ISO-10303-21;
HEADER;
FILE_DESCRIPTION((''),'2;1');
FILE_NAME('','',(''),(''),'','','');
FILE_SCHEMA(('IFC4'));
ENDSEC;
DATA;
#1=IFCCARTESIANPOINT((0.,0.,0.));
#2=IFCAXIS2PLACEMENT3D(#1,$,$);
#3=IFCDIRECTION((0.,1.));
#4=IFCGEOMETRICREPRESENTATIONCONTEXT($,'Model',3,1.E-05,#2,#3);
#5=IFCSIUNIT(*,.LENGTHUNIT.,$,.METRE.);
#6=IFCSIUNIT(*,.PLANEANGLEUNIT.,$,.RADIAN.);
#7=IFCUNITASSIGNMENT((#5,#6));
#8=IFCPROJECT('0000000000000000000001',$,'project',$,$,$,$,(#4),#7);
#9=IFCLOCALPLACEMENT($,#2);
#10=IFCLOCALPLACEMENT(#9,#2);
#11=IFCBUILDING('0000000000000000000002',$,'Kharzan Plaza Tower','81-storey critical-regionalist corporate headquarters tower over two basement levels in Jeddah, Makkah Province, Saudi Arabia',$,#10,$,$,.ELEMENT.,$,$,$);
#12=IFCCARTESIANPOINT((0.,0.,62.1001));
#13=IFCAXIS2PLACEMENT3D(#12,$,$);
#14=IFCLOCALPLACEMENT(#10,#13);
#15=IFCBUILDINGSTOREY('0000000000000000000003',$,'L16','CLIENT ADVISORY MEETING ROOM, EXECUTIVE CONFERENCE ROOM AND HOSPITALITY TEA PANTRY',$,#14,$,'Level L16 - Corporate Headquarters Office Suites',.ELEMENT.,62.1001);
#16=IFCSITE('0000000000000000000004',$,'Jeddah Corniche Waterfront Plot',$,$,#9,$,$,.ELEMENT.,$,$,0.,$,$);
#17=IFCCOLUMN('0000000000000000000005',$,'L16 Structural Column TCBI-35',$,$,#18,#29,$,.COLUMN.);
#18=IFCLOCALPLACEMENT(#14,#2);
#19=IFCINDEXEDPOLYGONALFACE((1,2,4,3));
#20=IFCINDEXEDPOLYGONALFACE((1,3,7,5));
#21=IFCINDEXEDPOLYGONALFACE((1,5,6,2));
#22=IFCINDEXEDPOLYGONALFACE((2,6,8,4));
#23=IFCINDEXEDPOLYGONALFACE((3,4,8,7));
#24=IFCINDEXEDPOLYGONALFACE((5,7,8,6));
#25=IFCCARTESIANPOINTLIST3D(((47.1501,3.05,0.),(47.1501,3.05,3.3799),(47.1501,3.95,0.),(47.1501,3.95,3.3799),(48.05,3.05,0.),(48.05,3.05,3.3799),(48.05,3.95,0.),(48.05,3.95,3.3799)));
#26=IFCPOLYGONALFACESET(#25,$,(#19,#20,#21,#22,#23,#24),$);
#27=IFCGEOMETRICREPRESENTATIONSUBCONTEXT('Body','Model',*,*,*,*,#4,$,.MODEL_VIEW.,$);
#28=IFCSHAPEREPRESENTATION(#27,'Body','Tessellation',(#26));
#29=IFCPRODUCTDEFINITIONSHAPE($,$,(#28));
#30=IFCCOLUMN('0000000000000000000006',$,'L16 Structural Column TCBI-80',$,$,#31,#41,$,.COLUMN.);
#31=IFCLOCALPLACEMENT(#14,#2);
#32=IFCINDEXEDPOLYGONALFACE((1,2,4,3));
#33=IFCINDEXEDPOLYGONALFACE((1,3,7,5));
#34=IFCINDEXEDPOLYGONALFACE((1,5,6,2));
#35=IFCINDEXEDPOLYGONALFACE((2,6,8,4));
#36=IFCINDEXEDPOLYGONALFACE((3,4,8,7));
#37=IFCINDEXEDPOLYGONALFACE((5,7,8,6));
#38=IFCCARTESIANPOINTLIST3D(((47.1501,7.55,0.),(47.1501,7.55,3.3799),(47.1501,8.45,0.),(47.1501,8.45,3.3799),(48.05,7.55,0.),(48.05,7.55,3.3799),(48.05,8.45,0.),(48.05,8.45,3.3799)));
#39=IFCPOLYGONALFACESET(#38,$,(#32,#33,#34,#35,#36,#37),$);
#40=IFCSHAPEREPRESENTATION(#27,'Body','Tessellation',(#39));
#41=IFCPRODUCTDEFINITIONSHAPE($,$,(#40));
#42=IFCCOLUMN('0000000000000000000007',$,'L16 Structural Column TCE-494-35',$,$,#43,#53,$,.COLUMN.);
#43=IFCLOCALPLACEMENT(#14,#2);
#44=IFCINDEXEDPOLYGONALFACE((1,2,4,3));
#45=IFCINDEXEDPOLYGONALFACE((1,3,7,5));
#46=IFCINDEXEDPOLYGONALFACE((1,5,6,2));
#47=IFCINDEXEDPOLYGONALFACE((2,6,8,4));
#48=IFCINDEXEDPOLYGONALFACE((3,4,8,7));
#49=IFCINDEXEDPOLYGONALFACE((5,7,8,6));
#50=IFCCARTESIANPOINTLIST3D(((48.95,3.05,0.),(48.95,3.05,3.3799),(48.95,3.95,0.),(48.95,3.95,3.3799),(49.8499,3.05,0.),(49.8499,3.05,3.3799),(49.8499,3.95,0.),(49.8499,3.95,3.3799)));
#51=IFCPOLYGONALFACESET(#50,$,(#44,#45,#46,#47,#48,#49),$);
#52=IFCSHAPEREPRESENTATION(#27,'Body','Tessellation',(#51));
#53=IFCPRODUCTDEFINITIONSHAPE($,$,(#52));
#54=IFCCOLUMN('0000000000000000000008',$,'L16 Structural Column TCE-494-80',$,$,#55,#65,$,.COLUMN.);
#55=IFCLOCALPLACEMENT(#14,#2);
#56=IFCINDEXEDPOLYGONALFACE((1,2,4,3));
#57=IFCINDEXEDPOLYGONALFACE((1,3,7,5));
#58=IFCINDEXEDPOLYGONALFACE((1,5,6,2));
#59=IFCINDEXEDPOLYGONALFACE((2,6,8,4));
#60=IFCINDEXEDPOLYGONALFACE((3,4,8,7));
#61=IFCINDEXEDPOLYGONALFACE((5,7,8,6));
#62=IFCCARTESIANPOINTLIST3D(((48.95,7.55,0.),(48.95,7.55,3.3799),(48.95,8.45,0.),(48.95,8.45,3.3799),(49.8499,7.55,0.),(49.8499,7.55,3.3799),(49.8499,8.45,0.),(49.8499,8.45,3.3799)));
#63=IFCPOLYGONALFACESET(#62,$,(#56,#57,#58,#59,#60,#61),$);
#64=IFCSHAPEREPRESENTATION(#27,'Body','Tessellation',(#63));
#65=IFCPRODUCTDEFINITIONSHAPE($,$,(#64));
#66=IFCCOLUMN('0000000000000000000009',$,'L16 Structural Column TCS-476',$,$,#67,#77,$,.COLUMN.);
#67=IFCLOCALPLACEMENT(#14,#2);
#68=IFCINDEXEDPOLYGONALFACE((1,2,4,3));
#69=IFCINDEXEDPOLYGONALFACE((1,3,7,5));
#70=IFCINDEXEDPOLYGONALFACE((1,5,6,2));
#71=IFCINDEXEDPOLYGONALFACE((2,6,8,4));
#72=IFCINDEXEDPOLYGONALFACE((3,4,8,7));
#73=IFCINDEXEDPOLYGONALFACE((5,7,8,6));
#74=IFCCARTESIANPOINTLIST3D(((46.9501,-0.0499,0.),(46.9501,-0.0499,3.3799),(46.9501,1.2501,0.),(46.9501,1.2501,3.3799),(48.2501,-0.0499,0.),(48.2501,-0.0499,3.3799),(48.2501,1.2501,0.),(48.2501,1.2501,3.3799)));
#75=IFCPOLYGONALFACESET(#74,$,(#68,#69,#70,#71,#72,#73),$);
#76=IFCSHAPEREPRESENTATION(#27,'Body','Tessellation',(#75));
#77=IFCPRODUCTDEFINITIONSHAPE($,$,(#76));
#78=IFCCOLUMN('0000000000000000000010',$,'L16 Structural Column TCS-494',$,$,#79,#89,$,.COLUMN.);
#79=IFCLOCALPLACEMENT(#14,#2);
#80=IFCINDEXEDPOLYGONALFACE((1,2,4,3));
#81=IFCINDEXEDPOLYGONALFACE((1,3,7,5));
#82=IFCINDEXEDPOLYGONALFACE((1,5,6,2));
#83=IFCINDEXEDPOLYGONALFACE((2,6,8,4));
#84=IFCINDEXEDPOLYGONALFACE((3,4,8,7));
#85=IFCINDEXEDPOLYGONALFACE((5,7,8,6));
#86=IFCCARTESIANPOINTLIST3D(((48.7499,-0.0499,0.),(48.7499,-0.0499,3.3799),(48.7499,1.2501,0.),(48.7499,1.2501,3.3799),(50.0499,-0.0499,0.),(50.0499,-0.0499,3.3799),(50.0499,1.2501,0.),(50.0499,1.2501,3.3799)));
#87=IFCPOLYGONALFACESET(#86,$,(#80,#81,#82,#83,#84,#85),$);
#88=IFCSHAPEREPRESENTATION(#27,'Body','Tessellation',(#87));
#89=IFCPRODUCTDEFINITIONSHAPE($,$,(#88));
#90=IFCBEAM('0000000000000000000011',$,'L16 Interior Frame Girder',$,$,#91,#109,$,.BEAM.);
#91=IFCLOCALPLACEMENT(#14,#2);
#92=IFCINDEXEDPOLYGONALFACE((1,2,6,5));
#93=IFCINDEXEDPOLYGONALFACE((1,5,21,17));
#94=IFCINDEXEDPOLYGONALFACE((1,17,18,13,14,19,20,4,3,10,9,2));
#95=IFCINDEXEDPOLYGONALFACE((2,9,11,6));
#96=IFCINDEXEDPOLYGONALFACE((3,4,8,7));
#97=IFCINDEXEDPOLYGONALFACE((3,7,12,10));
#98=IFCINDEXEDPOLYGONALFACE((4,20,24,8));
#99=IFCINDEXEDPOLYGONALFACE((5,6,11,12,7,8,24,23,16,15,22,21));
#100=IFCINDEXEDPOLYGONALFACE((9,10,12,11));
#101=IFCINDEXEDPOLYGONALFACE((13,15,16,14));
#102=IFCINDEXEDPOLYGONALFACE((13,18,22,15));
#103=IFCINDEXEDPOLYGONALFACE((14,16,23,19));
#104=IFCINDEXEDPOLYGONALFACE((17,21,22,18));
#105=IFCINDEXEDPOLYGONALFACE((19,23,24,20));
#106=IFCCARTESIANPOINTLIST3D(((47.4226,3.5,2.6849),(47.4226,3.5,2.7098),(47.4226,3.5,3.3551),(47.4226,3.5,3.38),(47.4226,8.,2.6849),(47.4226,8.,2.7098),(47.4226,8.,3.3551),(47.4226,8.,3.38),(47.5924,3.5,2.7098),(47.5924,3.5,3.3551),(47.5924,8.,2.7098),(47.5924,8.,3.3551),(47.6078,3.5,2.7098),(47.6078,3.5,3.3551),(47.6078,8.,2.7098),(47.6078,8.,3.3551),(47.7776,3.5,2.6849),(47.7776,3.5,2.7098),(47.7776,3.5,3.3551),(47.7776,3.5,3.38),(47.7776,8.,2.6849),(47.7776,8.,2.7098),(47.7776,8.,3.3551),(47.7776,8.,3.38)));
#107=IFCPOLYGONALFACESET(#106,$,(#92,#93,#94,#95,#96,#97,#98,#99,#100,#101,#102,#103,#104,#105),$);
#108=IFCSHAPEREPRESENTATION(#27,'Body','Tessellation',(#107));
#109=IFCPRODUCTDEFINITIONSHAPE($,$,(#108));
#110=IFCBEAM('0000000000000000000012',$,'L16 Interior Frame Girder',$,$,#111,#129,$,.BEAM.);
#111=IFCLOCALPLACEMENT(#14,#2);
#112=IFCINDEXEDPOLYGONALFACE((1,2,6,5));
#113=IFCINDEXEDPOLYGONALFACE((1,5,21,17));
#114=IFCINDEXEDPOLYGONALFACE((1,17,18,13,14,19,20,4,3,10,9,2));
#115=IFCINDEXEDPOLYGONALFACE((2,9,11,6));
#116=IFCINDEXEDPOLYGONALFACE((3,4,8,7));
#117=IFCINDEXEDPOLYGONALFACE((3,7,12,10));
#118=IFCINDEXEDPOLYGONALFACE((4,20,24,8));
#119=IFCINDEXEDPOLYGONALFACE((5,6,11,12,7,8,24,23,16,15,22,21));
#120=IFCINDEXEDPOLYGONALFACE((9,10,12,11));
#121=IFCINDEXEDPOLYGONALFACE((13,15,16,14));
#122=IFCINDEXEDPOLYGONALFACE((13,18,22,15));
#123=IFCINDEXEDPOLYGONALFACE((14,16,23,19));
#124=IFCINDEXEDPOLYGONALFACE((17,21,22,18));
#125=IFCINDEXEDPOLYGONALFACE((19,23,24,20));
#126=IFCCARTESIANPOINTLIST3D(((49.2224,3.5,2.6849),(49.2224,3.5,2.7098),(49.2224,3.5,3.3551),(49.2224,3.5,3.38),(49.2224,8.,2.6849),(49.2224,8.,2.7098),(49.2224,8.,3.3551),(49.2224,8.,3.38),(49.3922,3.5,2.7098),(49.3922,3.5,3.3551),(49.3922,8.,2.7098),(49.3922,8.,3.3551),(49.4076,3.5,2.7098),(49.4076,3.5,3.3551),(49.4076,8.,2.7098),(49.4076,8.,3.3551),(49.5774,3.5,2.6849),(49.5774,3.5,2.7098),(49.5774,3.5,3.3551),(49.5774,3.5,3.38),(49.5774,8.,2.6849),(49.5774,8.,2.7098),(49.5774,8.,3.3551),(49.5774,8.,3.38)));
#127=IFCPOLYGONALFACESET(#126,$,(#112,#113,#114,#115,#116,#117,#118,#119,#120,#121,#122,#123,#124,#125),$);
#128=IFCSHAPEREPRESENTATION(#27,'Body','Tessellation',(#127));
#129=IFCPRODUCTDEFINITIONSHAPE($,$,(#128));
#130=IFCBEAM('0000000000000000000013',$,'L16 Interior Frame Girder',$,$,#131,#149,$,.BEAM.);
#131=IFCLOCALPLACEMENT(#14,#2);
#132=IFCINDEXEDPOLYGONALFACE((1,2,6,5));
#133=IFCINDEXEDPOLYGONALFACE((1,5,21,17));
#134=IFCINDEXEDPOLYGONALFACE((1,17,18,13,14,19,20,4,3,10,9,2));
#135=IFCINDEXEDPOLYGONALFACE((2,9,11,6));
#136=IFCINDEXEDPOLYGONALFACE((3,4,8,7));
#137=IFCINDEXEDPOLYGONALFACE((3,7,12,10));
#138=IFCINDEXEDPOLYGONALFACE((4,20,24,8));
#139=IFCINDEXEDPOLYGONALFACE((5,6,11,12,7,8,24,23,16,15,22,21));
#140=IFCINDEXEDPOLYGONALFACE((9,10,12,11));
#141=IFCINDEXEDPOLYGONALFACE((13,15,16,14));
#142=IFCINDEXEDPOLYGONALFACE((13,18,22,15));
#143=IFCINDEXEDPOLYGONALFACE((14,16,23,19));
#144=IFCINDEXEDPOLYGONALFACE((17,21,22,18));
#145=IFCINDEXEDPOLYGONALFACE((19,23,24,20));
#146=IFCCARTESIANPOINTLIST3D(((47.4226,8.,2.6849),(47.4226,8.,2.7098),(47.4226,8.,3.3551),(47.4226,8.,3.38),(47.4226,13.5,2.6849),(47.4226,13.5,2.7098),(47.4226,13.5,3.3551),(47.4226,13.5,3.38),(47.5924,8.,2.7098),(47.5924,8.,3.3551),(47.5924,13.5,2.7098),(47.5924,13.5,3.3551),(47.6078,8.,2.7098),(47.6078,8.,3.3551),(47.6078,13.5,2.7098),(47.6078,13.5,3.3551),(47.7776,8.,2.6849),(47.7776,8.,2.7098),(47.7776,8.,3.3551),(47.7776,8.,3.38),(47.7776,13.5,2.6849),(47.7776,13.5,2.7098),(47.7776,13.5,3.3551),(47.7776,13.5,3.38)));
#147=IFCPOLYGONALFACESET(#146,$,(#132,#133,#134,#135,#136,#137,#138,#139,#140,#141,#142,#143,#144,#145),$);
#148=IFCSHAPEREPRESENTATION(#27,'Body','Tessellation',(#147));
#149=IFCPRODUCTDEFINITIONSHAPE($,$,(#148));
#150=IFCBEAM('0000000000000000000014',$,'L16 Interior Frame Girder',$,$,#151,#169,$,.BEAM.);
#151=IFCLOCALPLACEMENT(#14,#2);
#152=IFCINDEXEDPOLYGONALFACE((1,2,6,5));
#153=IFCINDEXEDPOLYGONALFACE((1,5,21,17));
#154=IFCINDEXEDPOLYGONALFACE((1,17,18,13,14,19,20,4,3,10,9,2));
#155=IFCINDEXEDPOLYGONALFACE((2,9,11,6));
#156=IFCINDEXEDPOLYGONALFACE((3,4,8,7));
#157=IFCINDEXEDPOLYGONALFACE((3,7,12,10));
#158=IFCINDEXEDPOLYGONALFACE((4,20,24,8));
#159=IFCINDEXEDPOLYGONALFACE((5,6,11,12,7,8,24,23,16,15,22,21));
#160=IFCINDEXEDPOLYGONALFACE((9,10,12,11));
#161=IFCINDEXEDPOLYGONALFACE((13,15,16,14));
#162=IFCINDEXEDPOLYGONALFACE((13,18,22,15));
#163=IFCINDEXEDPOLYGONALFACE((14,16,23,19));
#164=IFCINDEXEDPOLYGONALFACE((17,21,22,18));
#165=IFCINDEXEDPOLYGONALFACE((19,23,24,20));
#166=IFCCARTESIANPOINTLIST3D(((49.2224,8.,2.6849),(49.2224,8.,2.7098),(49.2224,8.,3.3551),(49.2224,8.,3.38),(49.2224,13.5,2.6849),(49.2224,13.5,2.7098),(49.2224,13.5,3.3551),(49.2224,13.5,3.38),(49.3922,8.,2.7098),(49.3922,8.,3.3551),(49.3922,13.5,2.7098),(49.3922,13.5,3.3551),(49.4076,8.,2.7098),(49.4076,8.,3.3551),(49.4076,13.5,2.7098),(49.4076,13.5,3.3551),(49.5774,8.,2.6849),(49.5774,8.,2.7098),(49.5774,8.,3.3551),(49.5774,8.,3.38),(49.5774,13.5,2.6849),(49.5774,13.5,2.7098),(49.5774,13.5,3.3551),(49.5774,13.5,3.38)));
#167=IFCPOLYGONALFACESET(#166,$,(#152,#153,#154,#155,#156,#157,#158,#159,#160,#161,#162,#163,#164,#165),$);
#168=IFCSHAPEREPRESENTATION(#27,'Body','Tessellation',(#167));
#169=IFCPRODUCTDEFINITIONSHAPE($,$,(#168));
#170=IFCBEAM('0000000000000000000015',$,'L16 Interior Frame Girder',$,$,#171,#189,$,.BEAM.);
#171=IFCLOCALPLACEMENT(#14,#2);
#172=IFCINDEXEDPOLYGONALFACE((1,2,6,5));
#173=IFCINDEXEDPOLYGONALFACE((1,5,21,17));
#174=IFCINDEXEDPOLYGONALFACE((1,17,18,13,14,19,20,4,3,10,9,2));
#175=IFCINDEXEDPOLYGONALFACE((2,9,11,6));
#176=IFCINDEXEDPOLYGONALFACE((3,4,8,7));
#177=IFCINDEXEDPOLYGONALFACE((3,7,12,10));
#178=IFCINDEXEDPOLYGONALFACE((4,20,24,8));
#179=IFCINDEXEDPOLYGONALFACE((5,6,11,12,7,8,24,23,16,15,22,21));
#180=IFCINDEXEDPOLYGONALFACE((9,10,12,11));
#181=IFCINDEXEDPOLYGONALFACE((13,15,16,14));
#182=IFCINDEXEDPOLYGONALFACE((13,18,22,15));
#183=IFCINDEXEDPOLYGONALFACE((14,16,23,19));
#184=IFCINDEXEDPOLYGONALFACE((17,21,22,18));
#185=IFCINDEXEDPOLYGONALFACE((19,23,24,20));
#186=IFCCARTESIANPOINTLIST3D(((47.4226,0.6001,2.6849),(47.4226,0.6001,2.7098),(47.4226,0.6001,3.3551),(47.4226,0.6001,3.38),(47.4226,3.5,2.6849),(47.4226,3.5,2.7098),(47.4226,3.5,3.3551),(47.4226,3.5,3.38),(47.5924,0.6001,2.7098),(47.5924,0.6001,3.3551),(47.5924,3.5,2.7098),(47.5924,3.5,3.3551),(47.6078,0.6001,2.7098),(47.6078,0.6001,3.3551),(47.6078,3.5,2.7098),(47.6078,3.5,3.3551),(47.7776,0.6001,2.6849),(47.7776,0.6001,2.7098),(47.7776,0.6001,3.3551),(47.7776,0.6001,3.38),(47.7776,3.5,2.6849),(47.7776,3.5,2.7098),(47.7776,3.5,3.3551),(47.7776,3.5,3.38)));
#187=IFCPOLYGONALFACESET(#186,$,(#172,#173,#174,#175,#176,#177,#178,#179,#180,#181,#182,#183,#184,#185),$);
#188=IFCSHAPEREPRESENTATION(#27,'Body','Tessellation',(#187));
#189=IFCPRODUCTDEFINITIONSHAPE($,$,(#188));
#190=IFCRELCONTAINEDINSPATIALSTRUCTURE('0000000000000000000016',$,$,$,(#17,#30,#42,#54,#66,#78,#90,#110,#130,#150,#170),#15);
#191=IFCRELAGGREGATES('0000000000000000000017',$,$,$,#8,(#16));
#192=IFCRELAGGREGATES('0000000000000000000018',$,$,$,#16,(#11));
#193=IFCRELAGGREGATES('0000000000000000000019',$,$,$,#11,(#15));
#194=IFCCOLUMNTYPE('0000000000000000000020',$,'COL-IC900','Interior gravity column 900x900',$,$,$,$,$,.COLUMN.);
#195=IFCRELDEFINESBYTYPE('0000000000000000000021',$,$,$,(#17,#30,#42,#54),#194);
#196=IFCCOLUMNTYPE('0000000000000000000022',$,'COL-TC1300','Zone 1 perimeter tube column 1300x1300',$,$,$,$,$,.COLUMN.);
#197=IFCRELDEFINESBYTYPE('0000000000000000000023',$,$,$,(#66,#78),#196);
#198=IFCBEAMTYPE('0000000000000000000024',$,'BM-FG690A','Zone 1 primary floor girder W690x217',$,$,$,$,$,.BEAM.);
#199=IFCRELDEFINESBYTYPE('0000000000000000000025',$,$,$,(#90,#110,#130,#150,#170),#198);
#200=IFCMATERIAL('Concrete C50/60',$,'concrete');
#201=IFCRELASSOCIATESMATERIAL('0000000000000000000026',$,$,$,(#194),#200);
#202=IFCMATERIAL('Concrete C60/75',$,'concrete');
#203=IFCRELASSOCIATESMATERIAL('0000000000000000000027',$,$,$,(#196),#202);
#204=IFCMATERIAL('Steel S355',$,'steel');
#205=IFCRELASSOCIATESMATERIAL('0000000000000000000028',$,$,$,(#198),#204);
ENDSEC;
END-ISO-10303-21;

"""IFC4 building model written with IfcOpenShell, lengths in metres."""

from ifc_helpers import new_model, si_unit, direction, frame, origin, origin_2d, place, context, subcontext, project, spatial, rectangle, i_section, extrude, source, transform, mapped, material, material_profile, profile_set, type_object, element, save


model = new_model("IFC4")

# Units and contexts
model_context = context("Model", 3, precision=1e-05, world=origin(), true_north=direction((0.0, 1.0)))
body_context = subcontext(model_context, "Body", "Model", "MODEL_VIEW")
ifc_project = project(units=[si_unit("LENGTHUNIT", "METRE"), si_unit("PLANEANGLEUNIT", "RADIAN")], contexts=[model_context])

# Site, building, storey
site_placement = place(None, origin())
site = spatial("IfcSite", under=ifc_project, at=site_placement, Name="Jeddah Corniche Waterfront Plot", CompositionType="ELEMENT", RefElevation=0.0)
building_placement = place(site_placement, origin())
building = spatial("IfcBuilding", under=site, at=building_placement, Name="Kharzan Plaza Tower", Description="81-storey critical-regionalist corporate headquarters tower over two basement levels in Jeddah, Makkah Province, Saudi Arabia", CompositionType="ELEMENT")
storey_placement = place(building_placement, frame((0.0, 0.0, 62.1001)))
storey = spatial("IfcBuildingStorey", under=building, at=storey_placement, Name="L16", Description="CLIENT ADVISORY MEETING ROOM, EXECUTIVE CONFERENCE ROOM AND HOSPITALITY TEA PANTRY", LongName="Level L16 - Corporate Headquarters Office Suites", CompositionType="ELEMENT", Elevation=62.1001)

# Columns
ifc_material_1 = material(Name="Concrete C50/60", Category="concrete")
ifc_material_profile_1 = material_profile(ifc_material_1, rectangle(XDim=0.8999, YDim=0.8999, at=origin_2d()), Name="RC-IC900x900")
ifc_profile_set_1 = profile_set([ifc_material_profile_1], Name="Concrete C50/60")
column_type_1 = type_object("IfcColumnType", Name="COL-IC900", Description="Interior gravity column 900x900", PredefinedType="COLUMN", material=ifc_profile_set_1)
shared_shape_1 = source(origin(), body_context, "Body", "SweptSolid", [
    extrude(rectangle(XDim=0.8999, YDim=0.8999, at=origin_2d()), origin(), (0.0, 0.0, 1.0), 3.3799),
])
for number, where, z_axis, x_axis, name in (
    (1, (47.6001, 3.5, 0.0), (0.0, 0.0, 1.0), (1.0, 0.0, 0.0), "L16 Structural Column TCBI-35"),
    (2, (47.6001, 8.0, 0.0), (0.0, 0.0, 1.0), (1.0, 0.0, 0.0), "L16 Structural Column TCBI-80"),
    (3, (49.3999, 3.5, 0.0), (0.0, 0.0, 1.0), (1.0, 0.0, 0.0), "L16 Structural Column TCE-494-35"),
    (4, (49.3999, 8.0, 0.0), (0.0, 0.0, 1.0), (1.0, 0.0, 0.0), "L16 Structural Column TCE-494-80"),
):
    element("IfcColumn", number, at=place(storey_placement, frame(where, z_axis=z_axis, x_axis=x_axis)), inside=storey, type_object=column_type_1, Name=name, PredefinedType="COLUMN", context=body_context, shape_type="MappedRepresentation", body=[
        mapped(shared_shape_1, transform((0.0, 0.0, 0.0), x_axis=(1.0, 0.0, 0.0), y_axis=(0.0, 1.0, 0.0), z_axis=(0.0, 0.0, 1.0))),
    ])
ifc_material_2 = material(Name="Concrete C60/75", Category="concrete")
ifc_material_profile_2 = material_profile(ifc_material_2, rectangle(XDim=1.3, YDim=1.3, at=origin_2d()), Name="RC-TC1300x1300")
ifc_profile_set_2 = profile_set([ifc_material_profile_2], Name="Concrete C60/75")
column_type_2 = type_object("IfcColumnType", Name="COL-TC1300", Description="Zone 1 perimeter tube column 1300x1300", PredefinedType="COLUMN", material=ifc_profile_set_2)
shared_shape_2 = source(origin(), body_context, "Body", "SweptSolid", [
    extrude(rectangle(XDim=1.3, YDim=1.3, at=origin_2d()), origin(), (0.0, 0.0, 1.0), 3.3799),
])
for number, where, z_axis, x_axis, name in (
    (5, (47.6001, 0.6001, 0.0), (0.0, 0.0, 1.0), (1.0, 0.0, 0.0), "L16 Structural Column TCS-476"),
    (6, (49.3999, 0.6001, 0.0), (0.0, 0.0, 1.0), (1.0, 0.0, 0.0), "L16 Structural Column TCS-494"),
):
    element("IfcColumn", number, at=place(storey_placement, frame(where, z_axis=z_axis, x_axis=x_axis)), inside=storey, type_object=column_type_2, Name=name, PredefinedType="COLUMN", context=body_context, shape_type="MappedRepresentation", body=[
        mapped(shared_shape_2, transform((0.0, 0.0, 0.0), x_axis=(1.0, 0.0, 0.0), y_axis=(0.0, 1.0, 0.0), z_axis=(0.0, 0.0, 1.0))),
    ])

# Beams
ifc_material_3 = material(Name="Steel S355", Category="steel")
ifc_material_profile_3 = material_profile(ifc_material_3, i_section(OverallWidth=0.355, OverallDepth=0.6951, WebThickness=0.0154, FlangeThickness=0.0249, at=origin_2d()), Name="W690x217")
ifc_profile_set_3 = profile_set([ifc_material_profile_3], Name="Steel S355")
beam_type_1 = type_object("IfcBeamType", Name="BM-FG690A", Description="Zone 1 primary floor girder W690x217", PredefinedType="BEAM", material=ifc_profile_set_3)
shared_shape_3 = source(origin(), body_context, "Body", "SweptSolid", [
    extrude(i_section(OverallWidth=0.355, OverallDepth=0.6951, WebThickness=0.0154, FlangeThickness=0.0249, at=origin_2d()), origin(), (0.0, 0.0, 1.0), 4.5),
])
for number, where, z_axis, x_axis, name in (
    (7, (47.6001, 3.5, 3.0325), (0.0, 1.0, 0.0), (-1.0, 0.0, 0.0), "L16 Interior Frame Girder"),
    (8, (49.3999, 3.5, 3.0325), (0.0, 1.0, 0.0), (-1.0, 0.0, 0.0), "L16 Interior Frame Girder"),
):
    element("IfcBeam", number, at=place(storey_placement, frame(where, z_axis=z_axis, x_axis=x_axis)), inside=storey, type_object=beam_type_1, Name=name, PredefinedType="BEAM", context=body_context, shape_type="MappedRepresentation", body=[
        mapped(shared_shape_3, transform((0.0, 0.0, 0.0), x_axis=(1.0, 0.0, 0.0), y_axis=(0.0, 1.0, 0.0), z_axis=(0.0, 0.0, 1.0))),
    ])
shared_shape_4 = source(origin(), body_context, "Body", "SweptSolid", [
    extrude(i_section(OverallWidth=0.355, OverallDepth=0.6951, WebThickness=0.0154, FlangeThickness=0.0249, at=origin_2d()), origin(), (0.0, 0.0, 1.0), 5.5),
])
for number, where, z_axis, x_axis, name in (
    (9, (47.6001, 8.0, 3.0325), (0.0, 1.0, 0.0), (-1.0, 0.0, 0.0), "L16 Interior Frame Girder"),
    (10, (49.3999, 8.0, 3.0325), (0.0, 1.0, 0.0), (-1.0, 0.0, 0.0), "L16 Interior Frame Girder"),
):
    element("IfcBeam", number, at=place(storey_placement, frame(where, z_axis=z_axis, x_axis=x_axis)), inside=storey, type_object=beam_type_1, Name=name, PredefinedType="BEAM", context=body_context, shape_type="MappedRepresentation", body=[
        mapped(shared_shape_4, transform((0.0, 0.0, 0.0), x_axis=(1.0, 0.0, 0.0), y_axis=(0.0, 1.0, 0.0), z_axis=(0.0, 0.0, 1.0))),
    ])
shared_shape_5 = source(origin(), body_context, "Body", "SweptSolid", [
    extrude(i_section(OverallWidth=0.355, OverallDepth=0.6951, WebThickness=0.0154, FlangeThickness=0.0249, at=origin_2d()), origin(), (0.0, 0.0, 1.0), 2.8999),
])
for number, where, z_axis, x_axis, name in (
    (11, (47.6001, 0.6001, 3.0325), (0.0, 1.0, 0.0), (-1.0, 0.0, 0.0), "L16 Interior Frame Girder"),
):
    element("IfcBeam", number, at=place(storey_placement, frame(where, z_axis=z_axis, x_axis=x_axis)), inside=storey, type_object=beam_type_1, Name=name, PredefinedType="BEAM", context=body_context, shape_type="MappedRepresentation", body=[
        mapped(shared_shape_5, transform((0.0, 0.0, 0.0), x_axis=(1.0, 0.0, 0.0), y_axis=(0.0, 1.0, 0.0), z_axis=(0.0, 0.0, 1.0))),
    ])

save(model, "model.ifc")
